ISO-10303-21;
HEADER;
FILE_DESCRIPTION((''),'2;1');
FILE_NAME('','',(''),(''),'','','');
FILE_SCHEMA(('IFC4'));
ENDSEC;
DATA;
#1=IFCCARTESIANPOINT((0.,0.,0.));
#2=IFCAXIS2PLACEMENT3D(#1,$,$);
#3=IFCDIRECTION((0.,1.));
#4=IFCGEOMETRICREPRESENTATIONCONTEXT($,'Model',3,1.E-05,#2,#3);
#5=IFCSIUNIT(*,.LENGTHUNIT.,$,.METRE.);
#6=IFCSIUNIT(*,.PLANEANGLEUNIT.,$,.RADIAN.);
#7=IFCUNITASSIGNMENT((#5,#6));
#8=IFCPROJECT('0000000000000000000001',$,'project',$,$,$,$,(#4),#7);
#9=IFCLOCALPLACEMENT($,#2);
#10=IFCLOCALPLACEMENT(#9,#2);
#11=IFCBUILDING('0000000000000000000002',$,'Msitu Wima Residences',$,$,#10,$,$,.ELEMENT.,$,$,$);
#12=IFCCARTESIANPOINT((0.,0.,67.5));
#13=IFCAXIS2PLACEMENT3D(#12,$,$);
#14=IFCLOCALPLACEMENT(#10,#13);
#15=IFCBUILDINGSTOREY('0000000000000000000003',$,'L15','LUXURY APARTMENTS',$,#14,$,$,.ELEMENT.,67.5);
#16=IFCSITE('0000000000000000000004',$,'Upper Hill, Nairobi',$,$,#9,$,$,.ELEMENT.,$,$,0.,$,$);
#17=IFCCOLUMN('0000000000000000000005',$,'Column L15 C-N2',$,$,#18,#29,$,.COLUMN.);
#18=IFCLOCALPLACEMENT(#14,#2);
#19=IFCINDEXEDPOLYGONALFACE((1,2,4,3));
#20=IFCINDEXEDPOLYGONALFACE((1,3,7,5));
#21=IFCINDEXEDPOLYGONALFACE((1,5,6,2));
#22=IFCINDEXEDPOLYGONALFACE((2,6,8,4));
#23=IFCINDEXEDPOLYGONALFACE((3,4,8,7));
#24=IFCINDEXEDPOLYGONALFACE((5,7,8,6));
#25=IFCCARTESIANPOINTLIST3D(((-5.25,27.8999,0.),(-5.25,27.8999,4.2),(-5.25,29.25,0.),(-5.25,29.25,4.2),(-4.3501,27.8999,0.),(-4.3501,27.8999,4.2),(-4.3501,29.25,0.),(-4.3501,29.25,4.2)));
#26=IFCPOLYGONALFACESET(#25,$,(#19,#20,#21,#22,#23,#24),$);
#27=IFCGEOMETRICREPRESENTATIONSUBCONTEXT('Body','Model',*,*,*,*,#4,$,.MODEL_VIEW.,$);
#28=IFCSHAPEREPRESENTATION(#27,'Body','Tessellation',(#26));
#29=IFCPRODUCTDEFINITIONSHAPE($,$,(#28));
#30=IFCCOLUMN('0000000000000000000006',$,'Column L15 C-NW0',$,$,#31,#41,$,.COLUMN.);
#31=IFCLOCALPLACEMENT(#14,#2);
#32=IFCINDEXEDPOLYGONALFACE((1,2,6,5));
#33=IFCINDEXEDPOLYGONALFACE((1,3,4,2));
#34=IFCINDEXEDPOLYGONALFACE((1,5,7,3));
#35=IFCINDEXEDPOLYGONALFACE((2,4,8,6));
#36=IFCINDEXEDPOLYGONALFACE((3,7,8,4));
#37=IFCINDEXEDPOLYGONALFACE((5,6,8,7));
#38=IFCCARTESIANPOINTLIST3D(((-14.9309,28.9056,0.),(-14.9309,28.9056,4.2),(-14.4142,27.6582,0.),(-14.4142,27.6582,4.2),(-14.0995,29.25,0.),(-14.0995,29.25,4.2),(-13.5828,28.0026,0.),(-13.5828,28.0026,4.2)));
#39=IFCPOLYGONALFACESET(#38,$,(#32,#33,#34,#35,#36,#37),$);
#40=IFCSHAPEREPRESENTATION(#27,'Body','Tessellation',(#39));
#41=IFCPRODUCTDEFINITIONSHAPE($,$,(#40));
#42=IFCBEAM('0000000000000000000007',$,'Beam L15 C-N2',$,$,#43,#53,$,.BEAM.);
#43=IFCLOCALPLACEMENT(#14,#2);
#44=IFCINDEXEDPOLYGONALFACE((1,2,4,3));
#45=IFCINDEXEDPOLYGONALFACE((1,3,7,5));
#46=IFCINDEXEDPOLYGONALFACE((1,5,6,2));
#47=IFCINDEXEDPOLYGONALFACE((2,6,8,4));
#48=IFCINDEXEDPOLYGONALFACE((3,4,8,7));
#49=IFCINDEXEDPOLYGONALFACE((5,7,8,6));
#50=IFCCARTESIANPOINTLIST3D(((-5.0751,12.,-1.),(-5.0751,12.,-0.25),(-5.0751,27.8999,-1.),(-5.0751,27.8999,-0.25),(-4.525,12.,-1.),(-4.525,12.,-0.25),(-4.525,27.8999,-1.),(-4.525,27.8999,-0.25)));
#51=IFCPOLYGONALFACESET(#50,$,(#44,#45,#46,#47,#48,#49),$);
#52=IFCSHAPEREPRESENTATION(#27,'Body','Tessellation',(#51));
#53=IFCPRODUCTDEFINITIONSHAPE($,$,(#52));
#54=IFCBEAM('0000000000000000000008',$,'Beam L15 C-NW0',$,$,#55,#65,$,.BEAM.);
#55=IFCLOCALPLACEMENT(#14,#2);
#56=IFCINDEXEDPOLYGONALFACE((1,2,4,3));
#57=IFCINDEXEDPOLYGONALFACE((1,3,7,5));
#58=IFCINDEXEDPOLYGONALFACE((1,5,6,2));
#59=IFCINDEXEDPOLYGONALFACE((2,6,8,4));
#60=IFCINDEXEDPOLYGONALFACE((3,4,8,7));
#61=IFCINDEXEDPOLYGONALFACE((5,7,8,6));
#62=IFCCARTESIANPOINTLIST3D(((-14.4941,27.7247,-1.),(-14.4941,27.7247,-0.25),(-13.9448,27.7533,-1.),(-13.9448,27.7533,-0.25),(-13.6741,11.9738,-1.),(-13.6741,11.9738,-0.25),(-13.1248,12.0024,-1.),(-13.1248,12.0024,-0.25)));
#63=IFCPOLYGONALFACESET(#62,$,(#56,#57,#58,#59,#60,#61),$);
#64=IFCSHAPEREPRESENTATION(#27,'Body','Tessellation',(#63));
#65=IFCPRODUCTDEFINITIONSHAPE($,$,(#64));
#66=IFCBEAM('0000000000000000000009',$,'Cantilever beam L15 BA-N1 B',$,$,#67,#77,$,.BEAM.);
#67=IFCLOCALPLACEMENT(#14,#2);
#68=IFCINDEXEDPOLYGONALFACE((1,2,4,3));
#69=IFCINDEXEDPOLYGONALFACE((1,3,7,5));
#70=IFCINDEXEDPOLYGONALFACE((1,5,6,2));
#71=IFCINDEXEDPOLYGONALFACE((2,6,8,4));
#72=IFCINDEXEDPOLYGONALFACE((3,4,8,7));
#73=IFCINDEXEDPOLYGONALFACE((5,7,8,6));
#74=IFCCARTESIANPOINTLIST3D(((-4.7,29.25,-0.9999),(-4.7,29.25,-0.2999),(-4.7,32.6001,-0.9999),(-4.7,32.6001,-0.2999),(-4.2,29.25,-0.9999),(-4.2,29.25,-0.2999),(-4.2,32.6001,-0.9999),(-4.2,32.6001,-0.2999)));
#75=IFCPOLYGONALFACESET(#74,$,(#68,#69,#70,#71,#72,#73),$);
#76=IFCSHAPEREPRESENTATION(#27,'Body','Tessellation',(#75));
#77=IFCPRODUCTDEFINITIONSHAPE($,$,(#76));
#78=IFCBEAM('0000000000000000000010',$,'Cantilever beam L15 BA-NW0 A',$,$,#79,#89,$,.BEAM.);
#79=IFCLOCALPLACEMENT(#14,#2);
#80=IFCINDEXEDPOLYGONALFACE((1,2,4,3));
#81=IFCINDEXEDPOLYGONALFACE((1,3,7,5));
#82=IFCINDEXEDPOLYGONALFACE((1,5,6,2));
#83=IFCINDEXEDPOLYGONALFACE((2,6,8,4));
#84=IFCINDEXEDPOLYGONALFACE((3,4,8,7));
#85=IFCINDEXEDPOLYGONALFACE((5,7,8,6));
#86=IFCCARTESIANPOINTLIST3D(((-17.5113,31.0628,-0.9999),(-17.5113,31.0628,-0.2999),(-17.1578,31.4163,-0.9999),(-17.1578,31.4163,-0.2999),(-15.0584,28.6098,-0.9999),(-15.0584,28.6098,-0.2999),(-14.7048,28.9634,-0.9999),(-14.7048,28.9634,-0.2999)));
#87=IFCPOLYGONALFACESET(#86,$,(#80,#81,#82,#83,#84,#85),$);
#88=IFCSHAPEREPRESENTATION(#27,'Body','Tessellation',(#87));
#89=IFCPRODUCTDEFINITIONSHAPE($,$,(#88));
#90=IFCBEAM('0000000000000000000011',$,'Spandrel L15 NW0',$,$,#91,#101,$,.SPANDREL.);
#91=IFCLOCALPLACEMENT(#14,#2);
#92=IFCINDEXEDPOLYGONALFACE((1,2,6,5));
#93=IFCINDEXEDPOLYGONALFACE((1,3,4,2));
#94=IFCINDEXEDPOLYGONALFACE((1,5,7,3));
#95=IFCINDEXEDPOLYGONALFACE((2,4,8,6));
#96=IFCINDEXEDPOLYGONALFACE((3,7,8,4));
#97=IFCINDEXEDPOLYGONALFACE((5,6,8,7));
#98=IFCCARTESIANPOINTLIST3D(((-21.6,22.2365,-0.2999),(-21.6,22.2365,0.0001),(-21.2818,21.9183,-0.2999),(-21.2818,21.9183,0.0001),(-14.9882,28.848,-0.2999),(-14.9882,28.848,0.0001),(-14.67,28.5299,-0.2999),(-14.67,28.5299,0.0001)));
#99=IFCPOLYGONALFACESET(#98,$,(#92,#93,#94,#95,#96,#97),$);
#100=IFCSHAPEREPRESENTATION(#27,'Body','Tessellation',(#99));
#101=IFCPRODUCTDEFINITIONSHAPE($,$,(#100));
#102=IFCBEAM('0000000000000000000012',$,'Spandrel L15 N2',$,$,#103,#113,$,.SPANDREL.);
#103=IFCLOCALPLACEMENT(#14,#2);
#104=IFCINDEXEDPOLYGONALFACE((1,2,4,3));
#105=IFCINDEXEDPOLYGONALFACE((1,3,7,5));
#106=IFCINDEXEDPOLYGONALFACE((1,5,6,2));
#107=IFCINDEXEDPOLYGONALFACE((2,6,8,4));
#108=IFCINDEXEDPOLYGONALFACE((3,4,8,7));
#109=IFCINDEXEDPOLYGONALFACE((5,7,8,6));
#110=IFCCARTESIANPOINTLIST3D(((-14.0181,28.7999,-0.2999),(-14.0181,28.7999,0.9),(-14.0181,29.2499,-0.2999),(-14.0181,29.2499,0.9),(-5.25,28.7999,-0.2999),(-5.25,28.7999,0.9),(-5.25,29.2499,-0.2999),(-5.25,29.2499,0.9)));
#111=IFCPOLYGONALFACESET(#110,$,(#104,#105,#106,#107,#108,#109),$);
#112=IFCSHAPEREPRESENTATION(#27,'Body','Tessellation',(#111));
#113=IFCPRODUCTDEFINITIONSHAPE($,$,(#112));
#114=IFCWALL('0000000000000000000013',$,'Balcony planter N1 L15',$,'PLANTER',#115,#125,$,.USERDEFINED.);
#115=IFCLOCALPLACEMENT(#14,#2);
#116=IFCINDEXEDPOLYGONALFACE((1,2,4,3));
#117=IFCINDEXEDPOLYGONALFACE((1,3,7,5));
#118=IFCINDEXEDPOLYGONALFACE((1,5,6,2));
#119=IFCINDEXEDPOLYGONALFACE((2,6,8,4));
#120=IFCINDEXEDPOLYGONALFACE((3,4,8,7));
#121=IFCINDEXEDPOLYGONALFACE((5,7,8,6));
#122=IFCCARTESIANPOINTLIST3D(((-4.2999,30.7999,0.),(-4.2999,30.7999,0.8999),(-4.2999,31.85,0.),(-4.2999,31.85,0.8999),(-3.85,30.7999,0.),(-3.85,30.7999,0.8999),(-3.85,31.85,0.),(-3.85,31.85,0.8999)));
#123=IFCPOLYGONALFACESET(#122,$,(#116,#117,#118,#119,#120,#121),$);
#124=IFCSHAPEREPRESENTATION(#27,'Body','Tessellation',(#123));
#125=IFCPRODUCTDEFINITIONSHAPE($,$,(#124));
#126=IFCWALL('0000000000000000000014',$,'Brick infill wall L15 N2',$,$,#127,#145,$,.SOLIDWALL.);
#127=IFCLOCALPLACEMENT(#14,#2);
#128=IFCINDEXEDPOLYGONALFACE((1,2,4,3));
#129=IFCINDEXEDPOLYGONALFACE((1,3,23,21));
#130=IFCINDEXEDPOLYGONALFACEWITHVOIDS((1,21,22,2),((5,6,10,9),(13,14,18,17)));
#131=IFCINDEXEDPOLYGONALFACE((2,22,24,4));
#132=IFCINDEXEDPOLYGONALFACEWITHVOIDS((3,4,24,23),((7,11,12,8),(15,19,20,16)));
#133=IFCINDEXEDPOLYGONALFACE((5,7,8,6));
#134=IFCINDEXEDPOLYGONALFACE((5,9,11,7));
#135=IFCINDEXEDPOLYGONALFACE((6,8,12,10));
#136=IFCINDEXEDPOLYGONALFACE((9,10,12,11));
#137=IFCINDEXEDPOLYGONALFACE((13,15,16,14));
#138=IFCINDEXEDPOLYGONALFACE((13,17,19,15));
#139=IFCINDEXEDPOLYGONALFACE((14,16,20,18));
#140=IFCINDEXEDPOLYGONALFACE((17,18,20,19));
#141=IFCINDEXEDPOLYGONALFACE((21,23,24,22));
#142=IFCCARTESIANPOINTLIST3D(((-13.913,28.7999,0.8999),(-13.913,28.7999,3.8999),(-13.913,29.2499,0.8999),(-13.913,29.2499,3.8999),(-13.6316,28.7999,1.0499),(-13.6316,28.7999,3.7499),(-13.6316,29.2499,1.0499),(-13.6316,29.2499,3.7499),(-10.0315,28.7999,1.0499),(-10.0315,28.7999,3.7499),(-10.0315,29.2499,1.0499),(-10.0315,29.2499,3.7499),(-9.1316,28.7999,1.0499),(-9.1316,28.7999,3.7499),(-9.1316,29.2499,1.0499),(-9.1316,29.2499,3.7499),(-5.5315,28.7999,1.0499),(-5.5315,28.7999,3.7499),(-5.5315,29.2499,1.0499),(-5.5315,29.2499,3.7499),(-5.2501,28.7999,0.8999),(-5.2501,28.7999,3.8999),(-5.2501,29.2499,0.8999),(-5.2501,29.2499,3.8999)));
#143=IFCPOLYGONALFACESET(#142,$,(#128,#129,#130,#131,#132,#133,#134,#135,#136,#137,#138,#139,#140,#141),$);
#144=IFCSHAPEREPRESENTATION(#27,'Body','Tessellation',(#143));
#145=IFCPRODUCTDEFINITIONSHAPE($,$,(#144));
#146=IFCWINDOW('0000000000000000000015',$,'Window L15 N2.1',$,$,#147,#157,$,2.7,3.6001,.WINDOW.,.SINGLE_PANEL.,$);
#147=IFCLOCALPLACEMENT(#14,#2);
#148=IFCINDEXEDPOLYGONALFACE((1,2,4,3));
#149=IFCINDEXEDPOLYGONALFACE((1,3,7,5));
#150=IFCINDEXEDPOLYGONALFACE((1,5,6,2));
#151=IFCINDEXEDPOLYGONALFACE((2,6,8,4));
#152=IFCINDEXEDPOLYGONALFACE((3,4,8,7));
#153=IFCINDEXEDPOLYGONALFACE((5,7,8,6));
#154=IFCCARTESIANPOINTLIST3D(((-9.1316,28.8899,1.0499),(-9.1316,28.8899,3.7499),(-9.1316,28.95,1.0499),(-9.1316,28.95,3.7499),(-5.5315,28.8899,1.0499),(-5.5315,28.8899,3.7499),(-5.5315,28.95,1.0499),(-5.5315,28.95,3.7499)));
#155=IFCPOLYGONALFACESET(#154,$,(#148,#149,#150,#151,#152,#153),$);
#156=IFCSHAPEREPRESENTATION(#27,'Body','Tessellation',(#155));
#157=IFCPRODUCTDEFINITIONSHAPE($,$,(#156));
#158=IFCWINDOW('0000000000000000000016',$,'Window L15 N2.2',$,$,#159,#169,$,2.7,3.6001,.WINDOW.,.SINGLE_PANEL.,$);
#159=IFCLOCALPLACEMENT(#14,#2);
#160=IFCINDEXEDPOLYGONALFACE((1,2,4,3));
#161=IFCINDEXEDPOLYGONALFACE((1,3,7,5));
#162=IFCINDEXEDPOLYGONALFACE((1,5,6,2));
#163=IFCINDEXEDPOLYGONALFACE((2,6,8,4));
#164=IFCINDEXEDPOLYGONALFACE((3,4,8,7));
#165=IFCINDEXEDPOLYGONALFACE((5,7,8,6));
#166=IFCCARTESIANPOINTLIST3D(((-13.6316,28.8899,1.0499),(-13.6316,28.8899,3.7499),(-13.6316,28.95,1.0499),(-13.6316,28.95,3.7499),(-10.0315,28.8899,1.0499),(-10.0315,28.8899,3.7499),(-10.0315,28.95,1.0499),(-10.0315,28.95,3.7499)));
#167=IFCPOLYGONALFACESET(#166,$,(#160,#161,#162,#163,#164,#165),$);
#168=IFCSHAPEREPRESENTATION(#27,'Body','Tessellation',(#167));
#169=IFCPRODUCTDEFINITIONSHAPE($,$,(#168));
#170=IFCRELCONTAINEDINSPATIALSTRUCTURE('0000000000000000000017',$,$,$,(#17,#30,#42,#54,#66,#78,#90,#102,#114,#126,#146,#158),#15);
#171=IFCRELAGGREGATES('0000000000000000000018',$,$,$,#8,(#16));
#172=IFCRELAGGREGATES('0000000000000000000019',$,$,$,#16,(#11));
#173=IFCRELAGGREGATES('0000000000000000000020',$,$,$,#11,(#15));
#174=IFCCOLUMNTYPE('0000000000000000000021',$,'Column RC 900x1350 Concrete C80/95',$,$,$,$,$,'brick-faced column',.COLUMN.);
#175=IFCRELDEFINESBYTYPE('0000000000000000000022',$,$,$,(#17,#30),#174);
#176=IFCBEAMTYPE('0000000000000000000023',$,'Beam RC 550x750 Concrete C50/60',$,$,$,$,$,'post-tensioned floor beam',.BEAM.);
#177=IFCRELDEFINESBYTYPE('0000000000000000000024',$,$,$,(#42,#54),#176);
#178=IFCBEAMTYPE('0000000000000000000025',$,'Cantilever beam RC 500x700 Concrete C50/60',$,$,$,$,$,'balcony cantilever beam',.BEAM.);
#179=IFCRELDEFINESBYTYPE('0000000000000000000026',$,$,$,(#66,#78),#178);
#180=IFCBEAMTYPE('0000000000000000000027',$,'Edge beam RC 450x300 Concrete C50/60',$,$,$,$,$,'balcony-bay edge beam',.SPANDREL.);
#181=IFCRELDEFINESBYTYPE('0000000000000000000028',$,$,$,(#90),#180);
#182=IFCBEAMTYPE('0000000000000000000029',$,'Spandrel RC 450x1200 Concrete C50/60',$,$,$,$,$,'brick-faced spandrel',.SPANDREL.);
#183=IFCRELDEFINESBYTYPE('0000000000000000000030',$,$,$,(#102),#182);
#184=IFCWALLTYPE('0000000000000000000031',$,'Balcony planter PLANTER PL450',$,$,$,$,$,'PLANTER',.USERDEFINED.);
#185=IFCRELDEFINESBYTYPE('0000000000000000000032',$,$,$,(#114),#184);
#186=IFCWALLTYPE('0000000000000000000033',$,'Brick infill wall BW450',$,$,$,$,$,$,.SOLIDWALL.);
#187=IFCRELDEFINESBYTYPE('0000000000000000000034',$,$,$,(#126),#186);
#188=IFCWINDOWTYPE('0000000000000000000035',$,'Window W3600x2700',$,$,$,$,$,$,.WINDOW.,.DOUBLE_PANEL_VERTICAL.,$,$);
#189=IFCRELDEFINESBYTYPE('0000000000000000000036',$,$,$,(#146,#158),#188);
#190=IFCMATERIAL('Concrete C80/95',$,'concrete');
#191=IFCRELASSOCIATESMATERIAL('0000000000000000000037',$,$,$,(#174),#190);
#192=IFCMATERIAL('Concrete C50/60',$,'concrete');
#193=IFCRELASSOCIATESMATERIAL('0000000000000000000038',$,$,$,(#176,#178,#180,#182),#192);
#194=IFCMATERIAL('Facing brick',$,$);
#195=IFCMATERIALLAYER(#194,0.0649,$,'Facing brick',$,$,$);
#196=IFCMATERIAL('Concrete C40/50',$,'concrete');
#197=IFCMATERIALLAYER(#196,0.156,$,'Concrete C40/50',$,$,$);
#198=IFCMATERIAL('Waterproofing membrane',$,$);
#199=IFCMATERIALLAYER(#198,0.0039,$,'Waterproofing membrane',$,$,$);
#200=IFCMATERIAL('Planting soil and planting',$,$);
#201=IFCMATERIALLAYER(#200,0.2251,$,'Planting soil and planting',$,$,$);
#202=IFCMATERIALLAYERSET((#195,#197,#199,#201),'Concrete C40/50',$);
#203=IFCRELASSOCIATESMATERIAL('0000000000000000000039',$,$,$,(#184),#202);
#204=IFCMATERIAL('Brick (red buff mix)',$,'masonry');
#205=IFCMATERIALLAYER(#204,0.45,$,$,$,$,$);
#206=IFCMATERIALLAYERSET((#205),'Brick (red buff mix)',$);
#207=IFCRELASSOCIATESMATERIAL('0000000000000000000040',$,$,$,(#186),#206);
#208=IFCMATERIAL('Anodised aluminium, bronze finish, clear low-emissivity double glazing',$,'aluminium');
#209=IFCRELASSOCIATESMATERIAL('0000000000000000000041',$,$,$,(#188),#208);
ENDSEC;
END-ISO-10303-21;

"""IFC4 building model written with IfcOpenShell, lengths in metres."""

from ifc_helpers import new_model, si_unit, direction, frame, frame_2d, origin, origin_2d, place, context, subcontext, project, spatial, rectangle, extrude, material, layer, layer_set, material_profile, profile_set, type_object, element, fill, save


model = new_model("IFC4")

# Units and contexts
model_context = context("Model", 3, precision=1e-05, world=origin(), true_north=direction((0.0, 1.0)))
body_context = subcontext(model_context, "Body", "Model", "MODEL_VIEW")
ifc_project = project(units=[si_unit("LENGTHUNIT", "METRE"), si_unit("PLANEANGLEUNIT", "RADIAN")], contexts=[model_context])

# Site, building, storey
site_placement = place(None, origin())
site = spatial("IfcSite", under=ifc_project, at=site_placement, Name="Upper Hill, Nairobi", CompositionType="ELEMENT", RefElevation=0.0)
building_placement = place(site_placement, origin())
building = spatial("IfcBuilding", under=site, at=building_placement, Name="Msitu Wima Residences", CompositionType="ELEMENT")
storey_placement = place(building_placement, frame((0.0, 0.0, 67.5)))
storey = spatial("IfcBuildingStorey", under=building, at=storey_placement, Name="L15", Description="LUXURY APARTMENTS", CompositionType="ELEMENT", Elevation=67.5)

# Columns
ifc_material_1 = material(Name="Concrete C80/95", Category="concrete")
ifc_material_profile_1 = material_profile(ifc_material_1, rectangle(XDim=0.8999, YDim=1.3501, at=origin_2d()), Name="RC 900x1350")
ifc_profile_set_1 = profile_set([ifc_material_profile_1], Name="Concrete C80/95")
column_type = type_object("IfcColumnType", Name="Column RC 900x1350 Concrete C80/95", ElementType="brick-faced column", PredefinedType="COLUMN", material=ifc_profile_set_1)
for number, where, z_axis, x_axis, name in (
    (1, (-4.8, 28.575, 0.0), (0.0, 0.0, 1.0), (-1.0, 0.0, 0.0), "Column L15 C-N2"),
    (2, (-14.2568, 28.4541, 0.0), (0.0, 0.0, 1.0), (-0.92388, -0.382683, 0.0), "Column L15 C-NW0"),
):
    element("IfcColumn", number, at=place(storey_placement, frame(where, z_axis=z_axis, x_axis=x_axis)), inside=storey, type_object=column_type, Name=name, PredefinedType="COLUMN", context=body_context, shape_type="SweptSolid", body=[
        extrude(rectangle(XDim=0.8999, YDim=1.3501, at=origin_2d()), origin(), (0.0, 0.0, 1.0), 4.2),
    ])

# Beams
ifc_material_2 = material(Name="Concrete C50/60", Category="concrete")
ifc_material_profile_2 = material_profile(ifc_material_2, rectangle(XDim=0.55, YDim=0.75, at=origin_2d()), Name="RC 550x750")
ifc_profile_set_2 = profile_set([ifc_material_profile_2], Name="Concrete C50/60")
beam_type_1 = type_object("IfcBeamType", Name="Beam RC 550x750 Concrete C50/60", ElementType="post-tensioned floor beam", PredefinedType="BEAM", material=ifc_profile_set_2)
beam_1_placement = place(storey_placement, frame((-4.8, 27.8999, -0.625), z_axis=(0.0, -1.0, 0.0), x_axis=(1.0, 0.0, 0.0)))
element("IfcBeam", 3, at=beam_1_placement, inside=storey, type_object=beam_type_1, Name="Beam L15 C-N2", PredefinedType="BEAM", context=body_context, shape_type="SweptSolid", body=[
    extrude(rectangle(XDim=0.55, YDim=0.75, at=origin_2d()), origin(), (0.0, 0.0, 1.0), 15.8999),
])
beam_2_placement = place(storey_placement, frame((-14.2195, 27.739, -0.625), z_axis=(0.051994, -0.998647, 0.0), x_axis=(0.998647, 0.051994, 0.0)))
element("IfcBeam", 4, at=beam_2_placement, inside=storey, type_object=beam_type_1, Name="Beam L15 C-NW0", PredefinedType="BEAM", context=body_context, shape_type="SweptSolid", body=[
    extrude(rectangle(XDim=0.55, YDim=0.75, at=origin_2d()), origin(), (0.0, 0.0, 1.0), 15.7722),
])
ifc_material_profile_3 = material_profile(ifc_material_2, rectangle(XDim=0.5, YDim=0.7, at=origin_2d()), Name="RC 500x700")
ifc_profile_set_3 = profile_set([ifc_material_profile_3], Name="Concrete C50/60")
beam_type_2 = type_object("IfcBeamType", Name="Cantilever beam RC 500x700 Concrete C50/60", ElementType="balcony cantilever beam", PredefinedType="BEAM", material=ifc_profile_set_3)
beam_3_placement = place(storey_placement, frame((-4.45, 29.25, -0.6499), z_axis=(0.0, 1.0, 0.0), x_axis=(-1.0, 0.0, 0.0)))
element("IfcBeam", 5, at=beam_3_placement, inside=storey, type_object=beam_type_2, Name="Cantilever beam L15 BA-N1 B", PredefinedType="BEAM", context=body_context, shape_type="SweptSolid", body=[
    extrude(rectangle(XDim=0.5, YDim=0.7, at=origin_2d()), origin(), (0.0, 0.0, 1.0), 3.3501),
])
beam_4_placement = place(storey_placement, frame((-14.8816, 28.7866, -0.6499), z_axis=(-0.707107, 0.707107, 0.0), x_axis=(-0.707107, -0.707107, 0.0)))
element("IfcBeam", 6, at=beam_4_placement, inside=storey, type_object=beam_type_2, Name="Cantilever beam L15 BA-NW0 A", PredefinedType="BEAM", context=body_context, shape_type="SweptSolid", body=[
    extrude(rectangle(XDim=0.5, YDim=0.7, at=origin_2d()), origin(), (0.0, 0.0, 1.0), 3.469),
])
ifc_material_profile_4 = material_profile(ifc_material_2, rectangle(XDim=0.45, YDim=0.3, at=origin_2d()), Name="RC 450x300")
ifc_profile_set_4 = profile_set([ifc_material_profile_4], Name="Concrete C50/60")
beam_type_3 = type_object("IfcBeamType", Name="Edge beam RC 450x300 Concrete C50/60", ElementType="balcony-bay edge beam", PredefinedType="SPANDREL", material=ifc_profile_set_4)
beam_5_placement = place(storey_placement, frame((-14.8291, 28.689, -0.1499), z_axis=(-0.70712, -0.707094, 0.0), x_axis=(0.707094, -0.70712, 0.0)))
element("IfcBeam", 7, at=beam_5_placement, inside=storey, type_object=beam_type_3, Name="Spandrel L15 NW0", PredefinedType="SPANDREL", context=body_context, shape_type="SweptSolid", body=[
    extrude(rectangle(XDim=0.45, YDim=0.3, at=origin_2d()), origin(), (0.0, 0.0, 1.0), 9.3503),
])
ifc_material_profile_5 = material_profile(ifc_material_2, rectangle(XDim=0.45, YDim=1.2, at=origin_2d()), Name="RC 450x1200")
ifc_profile_set_5 = profile_set([ifc_material_profile_5], Name="Concrete C50/60")
beam_type_4 = type_object("IfcBeamType", Name="Spandrel RC 450x1200 Concrete C50/60", ElementType="brick-faced spandrel", PredefinedType="SPANDREL", material=ifc_profile_set_5)
beam_6_placement = place(storey_placement, frame((-5.25, 29.0249, 0.3), z_axis=(-1.0, 0.0, 0.0), x_axis=(0.0, -1.0, 0.0)))
element("IfcBeam", 8, at=beam_6_placement, inside=storey, type_object=beam_type_4, Name="Spandrel L15 N2", PredefinedType="SPANDREL", context=body_context, shape_type="SweptSolid", body=[
    extrude(rectangle(XDim=0.45, YDim=1.2, at=origin_2d()), origin(), (0.0, 0.0, 1.0), 8.7681),
])

# Wall
ifc_material_3 = material(Name="Facing brick")
ifc_layer_1 = layer(ifc_material_3, 0.0649, Name="Facing brick")
ifc_material_4 = material(Name="Concrete C40/50", Category="concrete")
ifc_layer_2 = layer(ifc_material_4, 0.156, Name="Concrete C40/50")
ifc_material_5 = material(Name="Waterproofing membrane")
ifc_layer_3 = layer(ifc_material_5, 0.0039, Name="Waterproofing membrane")
ifc_material_6 = material(Name="Planting soil and planting")
ifc_layer_4 = layer(ifc_material_6, 0.2251, Name="Planting soil and planting")
ifc_layer_set_1 = layer_set([ifc_layer_1, ifc_layer_2, ifc_layer_3, ifc_layer_4], Name="Concrete C40/50")
wall_type_1 = type_object("IfcWallType", Name="Balcony planter PLANTER PL450", ElementType="PLANTER", PredefinedType="USERDEFINED", material=ifc_layer_set_1)
wall_1_placement = place(storey_placement, frame((-4.075, 30.8, 0.0), z_axis=(0.0, 0.0, 1.0), x_axis=(0.0, 1.0, 0.0)))
element("IfcWall", 9, at=wall_1_placement, inside=storey, type_object=wall_type_1, Name="Balcony planter N1 L15", ObjectType="PLANTER", PredefinedType="USERDEFINED", context=body_context, shape_type="SweptSolid", body=[
    extrude(rectangle(XDim=1.05, YDim=0.45, at=frame_2d((0.5249, 0.0))), origin(), (0.0, 0.0, 1.0), 0.8999),
])

# Wall, openings, windows
ifc_material_7 = material(Name="Brick (red buff mix)", Category="masonry")
ifc_layer_5 = layer(ifc_material_7, 0.45)
ifc_layer_set_2 = layer_set([ifc_layer_5], Name="Brick (red buff mix)")
wall_type_2 = type_object("IfcWallType", Name="Brick infill wall BW450", PredefinedType="SOLIDWALL", material=ifc_layer_set_2)
wall_2_placement = place(storey_placement, frame((-5.25, 29.0249, 0.8999), z_axis=(0.0, 0.0, 1.0), x_axis=(-1.0, 0.0, 0.0)))
wall_2 = element("IfcWall", 10, at=wall_2_placement, inside=storey, type_object=wall_type_2, Name="Brick infill wall L15 N2", PredefinedType="SOLIDWALL", context=body_context, shape_type="SweptSolid", body=[
    extrude(rectangle(XDim=8.6628, YDim=0.45, at=frame_2d((4.3315, 0.0))), origin(), (0.0, 0.0, 1.0), 3.0),
])
opening_1_placement = place(wall_2_placement, frame((0.2815, 0.0, 0.1499)))
opening_1 = element("IfcOpeningElement", 11, at=opening_1_placement, cuts=wall_2, PredefinedType="OPENING", context=body_context, shape_type="SweptSolid", body=[
    extrude(rectangle(XDim=3.6001, YDim=2.7, at=frame_2d((1.8, 1.3501))), frame((0.0, 0.2349, 0.0), z_axis=(0.0, -1.0, 0.0), x_axis=(1.0, 0.0, 0.0)), (0.0, 0.0, 1.0), 0.47),
])
opening_2_placement = place(wall_2_placement, frame((4.7815, 0.0, 0.1499)))
opening_2 = element("IfcOpeningElement", 12, at=opening_2_placement, cuts=wall_2, PredefinedType="OPENING", context=body_context, shape_type="SweptSolid", body=[
    extrude(rectangle(XDim=3.6001, YDim=2.7, at=frame_2d((1.8, 1.3501))), frame((0.0, 0.2349, 0.0), z_axis=(0.0, -1.0, 0.0), x_axis=(1.0, 0.0, 0.0)), (0.0, 0.0, 1.0), 0.47),
])
ifc_material_8 = material(Name="Anodised aluminium, bronze finish, clear low-emissivity double glazing", Category="aluminium")
window_type = type_object("IfcWindowType", Name="Window W3600x2700", PartitioningType="DOUBLE_PANEL_VERTICAL", PredefinedType="WINDOW", material=ifc_material_8)
window_1_placement = place(opening_1_placement, origin())
window_1 = element("IfcWindow", 13, at=window_1_placement, inside=storey, type_object=window_type, Name="Window L15 N2.1", OverallHeight=2.7, OverallWidth=3.6001, PartitioningType="SINGLE_PANEL", PredefinedType="WINDOW", context=body_context, shape_type="SweptSolid", body=[
    extrude(rectangle(XDim=3.6001, YDim=2.7, at=frame_2d((1.8, 1.3501))), frame((0.0, 0.135, 0.0), z_axis=(0.0, -1.0, 0.0), x_axis=(1.0, 0.0, 0.0)), (0.0, 0.0, 1.0), 0.0601),
])
fill(opening_1, window_1)
window_2_placement = place(opening_2_placement, origin())
window_2 = element("IfcWindow", 14, at=window_2_placement, inside=storey, type_object=window_type, Name="Window L15 N2.2", OverallHeight=2.7, OverallWidth=3.6001, PartitioningType="SINGLE_PANEL", PredefinedType="WINDOW", context=body_context, shape_type="SweptSolid", body=[
    extrude(rectangle(XDim=3.6001, YDim=2.7, at=frame_2d((1.8, 1.3501))), frame((0.0, 0.135, 0.0), z_axis=(0.0, -1.0, 0.0), x_axis=(1.0, 0.0, 0.0)), (0.0, 0.0, 1.0), 0.0601),
])
fill(opening_2, window_2)

save(model, "model.ifc")
